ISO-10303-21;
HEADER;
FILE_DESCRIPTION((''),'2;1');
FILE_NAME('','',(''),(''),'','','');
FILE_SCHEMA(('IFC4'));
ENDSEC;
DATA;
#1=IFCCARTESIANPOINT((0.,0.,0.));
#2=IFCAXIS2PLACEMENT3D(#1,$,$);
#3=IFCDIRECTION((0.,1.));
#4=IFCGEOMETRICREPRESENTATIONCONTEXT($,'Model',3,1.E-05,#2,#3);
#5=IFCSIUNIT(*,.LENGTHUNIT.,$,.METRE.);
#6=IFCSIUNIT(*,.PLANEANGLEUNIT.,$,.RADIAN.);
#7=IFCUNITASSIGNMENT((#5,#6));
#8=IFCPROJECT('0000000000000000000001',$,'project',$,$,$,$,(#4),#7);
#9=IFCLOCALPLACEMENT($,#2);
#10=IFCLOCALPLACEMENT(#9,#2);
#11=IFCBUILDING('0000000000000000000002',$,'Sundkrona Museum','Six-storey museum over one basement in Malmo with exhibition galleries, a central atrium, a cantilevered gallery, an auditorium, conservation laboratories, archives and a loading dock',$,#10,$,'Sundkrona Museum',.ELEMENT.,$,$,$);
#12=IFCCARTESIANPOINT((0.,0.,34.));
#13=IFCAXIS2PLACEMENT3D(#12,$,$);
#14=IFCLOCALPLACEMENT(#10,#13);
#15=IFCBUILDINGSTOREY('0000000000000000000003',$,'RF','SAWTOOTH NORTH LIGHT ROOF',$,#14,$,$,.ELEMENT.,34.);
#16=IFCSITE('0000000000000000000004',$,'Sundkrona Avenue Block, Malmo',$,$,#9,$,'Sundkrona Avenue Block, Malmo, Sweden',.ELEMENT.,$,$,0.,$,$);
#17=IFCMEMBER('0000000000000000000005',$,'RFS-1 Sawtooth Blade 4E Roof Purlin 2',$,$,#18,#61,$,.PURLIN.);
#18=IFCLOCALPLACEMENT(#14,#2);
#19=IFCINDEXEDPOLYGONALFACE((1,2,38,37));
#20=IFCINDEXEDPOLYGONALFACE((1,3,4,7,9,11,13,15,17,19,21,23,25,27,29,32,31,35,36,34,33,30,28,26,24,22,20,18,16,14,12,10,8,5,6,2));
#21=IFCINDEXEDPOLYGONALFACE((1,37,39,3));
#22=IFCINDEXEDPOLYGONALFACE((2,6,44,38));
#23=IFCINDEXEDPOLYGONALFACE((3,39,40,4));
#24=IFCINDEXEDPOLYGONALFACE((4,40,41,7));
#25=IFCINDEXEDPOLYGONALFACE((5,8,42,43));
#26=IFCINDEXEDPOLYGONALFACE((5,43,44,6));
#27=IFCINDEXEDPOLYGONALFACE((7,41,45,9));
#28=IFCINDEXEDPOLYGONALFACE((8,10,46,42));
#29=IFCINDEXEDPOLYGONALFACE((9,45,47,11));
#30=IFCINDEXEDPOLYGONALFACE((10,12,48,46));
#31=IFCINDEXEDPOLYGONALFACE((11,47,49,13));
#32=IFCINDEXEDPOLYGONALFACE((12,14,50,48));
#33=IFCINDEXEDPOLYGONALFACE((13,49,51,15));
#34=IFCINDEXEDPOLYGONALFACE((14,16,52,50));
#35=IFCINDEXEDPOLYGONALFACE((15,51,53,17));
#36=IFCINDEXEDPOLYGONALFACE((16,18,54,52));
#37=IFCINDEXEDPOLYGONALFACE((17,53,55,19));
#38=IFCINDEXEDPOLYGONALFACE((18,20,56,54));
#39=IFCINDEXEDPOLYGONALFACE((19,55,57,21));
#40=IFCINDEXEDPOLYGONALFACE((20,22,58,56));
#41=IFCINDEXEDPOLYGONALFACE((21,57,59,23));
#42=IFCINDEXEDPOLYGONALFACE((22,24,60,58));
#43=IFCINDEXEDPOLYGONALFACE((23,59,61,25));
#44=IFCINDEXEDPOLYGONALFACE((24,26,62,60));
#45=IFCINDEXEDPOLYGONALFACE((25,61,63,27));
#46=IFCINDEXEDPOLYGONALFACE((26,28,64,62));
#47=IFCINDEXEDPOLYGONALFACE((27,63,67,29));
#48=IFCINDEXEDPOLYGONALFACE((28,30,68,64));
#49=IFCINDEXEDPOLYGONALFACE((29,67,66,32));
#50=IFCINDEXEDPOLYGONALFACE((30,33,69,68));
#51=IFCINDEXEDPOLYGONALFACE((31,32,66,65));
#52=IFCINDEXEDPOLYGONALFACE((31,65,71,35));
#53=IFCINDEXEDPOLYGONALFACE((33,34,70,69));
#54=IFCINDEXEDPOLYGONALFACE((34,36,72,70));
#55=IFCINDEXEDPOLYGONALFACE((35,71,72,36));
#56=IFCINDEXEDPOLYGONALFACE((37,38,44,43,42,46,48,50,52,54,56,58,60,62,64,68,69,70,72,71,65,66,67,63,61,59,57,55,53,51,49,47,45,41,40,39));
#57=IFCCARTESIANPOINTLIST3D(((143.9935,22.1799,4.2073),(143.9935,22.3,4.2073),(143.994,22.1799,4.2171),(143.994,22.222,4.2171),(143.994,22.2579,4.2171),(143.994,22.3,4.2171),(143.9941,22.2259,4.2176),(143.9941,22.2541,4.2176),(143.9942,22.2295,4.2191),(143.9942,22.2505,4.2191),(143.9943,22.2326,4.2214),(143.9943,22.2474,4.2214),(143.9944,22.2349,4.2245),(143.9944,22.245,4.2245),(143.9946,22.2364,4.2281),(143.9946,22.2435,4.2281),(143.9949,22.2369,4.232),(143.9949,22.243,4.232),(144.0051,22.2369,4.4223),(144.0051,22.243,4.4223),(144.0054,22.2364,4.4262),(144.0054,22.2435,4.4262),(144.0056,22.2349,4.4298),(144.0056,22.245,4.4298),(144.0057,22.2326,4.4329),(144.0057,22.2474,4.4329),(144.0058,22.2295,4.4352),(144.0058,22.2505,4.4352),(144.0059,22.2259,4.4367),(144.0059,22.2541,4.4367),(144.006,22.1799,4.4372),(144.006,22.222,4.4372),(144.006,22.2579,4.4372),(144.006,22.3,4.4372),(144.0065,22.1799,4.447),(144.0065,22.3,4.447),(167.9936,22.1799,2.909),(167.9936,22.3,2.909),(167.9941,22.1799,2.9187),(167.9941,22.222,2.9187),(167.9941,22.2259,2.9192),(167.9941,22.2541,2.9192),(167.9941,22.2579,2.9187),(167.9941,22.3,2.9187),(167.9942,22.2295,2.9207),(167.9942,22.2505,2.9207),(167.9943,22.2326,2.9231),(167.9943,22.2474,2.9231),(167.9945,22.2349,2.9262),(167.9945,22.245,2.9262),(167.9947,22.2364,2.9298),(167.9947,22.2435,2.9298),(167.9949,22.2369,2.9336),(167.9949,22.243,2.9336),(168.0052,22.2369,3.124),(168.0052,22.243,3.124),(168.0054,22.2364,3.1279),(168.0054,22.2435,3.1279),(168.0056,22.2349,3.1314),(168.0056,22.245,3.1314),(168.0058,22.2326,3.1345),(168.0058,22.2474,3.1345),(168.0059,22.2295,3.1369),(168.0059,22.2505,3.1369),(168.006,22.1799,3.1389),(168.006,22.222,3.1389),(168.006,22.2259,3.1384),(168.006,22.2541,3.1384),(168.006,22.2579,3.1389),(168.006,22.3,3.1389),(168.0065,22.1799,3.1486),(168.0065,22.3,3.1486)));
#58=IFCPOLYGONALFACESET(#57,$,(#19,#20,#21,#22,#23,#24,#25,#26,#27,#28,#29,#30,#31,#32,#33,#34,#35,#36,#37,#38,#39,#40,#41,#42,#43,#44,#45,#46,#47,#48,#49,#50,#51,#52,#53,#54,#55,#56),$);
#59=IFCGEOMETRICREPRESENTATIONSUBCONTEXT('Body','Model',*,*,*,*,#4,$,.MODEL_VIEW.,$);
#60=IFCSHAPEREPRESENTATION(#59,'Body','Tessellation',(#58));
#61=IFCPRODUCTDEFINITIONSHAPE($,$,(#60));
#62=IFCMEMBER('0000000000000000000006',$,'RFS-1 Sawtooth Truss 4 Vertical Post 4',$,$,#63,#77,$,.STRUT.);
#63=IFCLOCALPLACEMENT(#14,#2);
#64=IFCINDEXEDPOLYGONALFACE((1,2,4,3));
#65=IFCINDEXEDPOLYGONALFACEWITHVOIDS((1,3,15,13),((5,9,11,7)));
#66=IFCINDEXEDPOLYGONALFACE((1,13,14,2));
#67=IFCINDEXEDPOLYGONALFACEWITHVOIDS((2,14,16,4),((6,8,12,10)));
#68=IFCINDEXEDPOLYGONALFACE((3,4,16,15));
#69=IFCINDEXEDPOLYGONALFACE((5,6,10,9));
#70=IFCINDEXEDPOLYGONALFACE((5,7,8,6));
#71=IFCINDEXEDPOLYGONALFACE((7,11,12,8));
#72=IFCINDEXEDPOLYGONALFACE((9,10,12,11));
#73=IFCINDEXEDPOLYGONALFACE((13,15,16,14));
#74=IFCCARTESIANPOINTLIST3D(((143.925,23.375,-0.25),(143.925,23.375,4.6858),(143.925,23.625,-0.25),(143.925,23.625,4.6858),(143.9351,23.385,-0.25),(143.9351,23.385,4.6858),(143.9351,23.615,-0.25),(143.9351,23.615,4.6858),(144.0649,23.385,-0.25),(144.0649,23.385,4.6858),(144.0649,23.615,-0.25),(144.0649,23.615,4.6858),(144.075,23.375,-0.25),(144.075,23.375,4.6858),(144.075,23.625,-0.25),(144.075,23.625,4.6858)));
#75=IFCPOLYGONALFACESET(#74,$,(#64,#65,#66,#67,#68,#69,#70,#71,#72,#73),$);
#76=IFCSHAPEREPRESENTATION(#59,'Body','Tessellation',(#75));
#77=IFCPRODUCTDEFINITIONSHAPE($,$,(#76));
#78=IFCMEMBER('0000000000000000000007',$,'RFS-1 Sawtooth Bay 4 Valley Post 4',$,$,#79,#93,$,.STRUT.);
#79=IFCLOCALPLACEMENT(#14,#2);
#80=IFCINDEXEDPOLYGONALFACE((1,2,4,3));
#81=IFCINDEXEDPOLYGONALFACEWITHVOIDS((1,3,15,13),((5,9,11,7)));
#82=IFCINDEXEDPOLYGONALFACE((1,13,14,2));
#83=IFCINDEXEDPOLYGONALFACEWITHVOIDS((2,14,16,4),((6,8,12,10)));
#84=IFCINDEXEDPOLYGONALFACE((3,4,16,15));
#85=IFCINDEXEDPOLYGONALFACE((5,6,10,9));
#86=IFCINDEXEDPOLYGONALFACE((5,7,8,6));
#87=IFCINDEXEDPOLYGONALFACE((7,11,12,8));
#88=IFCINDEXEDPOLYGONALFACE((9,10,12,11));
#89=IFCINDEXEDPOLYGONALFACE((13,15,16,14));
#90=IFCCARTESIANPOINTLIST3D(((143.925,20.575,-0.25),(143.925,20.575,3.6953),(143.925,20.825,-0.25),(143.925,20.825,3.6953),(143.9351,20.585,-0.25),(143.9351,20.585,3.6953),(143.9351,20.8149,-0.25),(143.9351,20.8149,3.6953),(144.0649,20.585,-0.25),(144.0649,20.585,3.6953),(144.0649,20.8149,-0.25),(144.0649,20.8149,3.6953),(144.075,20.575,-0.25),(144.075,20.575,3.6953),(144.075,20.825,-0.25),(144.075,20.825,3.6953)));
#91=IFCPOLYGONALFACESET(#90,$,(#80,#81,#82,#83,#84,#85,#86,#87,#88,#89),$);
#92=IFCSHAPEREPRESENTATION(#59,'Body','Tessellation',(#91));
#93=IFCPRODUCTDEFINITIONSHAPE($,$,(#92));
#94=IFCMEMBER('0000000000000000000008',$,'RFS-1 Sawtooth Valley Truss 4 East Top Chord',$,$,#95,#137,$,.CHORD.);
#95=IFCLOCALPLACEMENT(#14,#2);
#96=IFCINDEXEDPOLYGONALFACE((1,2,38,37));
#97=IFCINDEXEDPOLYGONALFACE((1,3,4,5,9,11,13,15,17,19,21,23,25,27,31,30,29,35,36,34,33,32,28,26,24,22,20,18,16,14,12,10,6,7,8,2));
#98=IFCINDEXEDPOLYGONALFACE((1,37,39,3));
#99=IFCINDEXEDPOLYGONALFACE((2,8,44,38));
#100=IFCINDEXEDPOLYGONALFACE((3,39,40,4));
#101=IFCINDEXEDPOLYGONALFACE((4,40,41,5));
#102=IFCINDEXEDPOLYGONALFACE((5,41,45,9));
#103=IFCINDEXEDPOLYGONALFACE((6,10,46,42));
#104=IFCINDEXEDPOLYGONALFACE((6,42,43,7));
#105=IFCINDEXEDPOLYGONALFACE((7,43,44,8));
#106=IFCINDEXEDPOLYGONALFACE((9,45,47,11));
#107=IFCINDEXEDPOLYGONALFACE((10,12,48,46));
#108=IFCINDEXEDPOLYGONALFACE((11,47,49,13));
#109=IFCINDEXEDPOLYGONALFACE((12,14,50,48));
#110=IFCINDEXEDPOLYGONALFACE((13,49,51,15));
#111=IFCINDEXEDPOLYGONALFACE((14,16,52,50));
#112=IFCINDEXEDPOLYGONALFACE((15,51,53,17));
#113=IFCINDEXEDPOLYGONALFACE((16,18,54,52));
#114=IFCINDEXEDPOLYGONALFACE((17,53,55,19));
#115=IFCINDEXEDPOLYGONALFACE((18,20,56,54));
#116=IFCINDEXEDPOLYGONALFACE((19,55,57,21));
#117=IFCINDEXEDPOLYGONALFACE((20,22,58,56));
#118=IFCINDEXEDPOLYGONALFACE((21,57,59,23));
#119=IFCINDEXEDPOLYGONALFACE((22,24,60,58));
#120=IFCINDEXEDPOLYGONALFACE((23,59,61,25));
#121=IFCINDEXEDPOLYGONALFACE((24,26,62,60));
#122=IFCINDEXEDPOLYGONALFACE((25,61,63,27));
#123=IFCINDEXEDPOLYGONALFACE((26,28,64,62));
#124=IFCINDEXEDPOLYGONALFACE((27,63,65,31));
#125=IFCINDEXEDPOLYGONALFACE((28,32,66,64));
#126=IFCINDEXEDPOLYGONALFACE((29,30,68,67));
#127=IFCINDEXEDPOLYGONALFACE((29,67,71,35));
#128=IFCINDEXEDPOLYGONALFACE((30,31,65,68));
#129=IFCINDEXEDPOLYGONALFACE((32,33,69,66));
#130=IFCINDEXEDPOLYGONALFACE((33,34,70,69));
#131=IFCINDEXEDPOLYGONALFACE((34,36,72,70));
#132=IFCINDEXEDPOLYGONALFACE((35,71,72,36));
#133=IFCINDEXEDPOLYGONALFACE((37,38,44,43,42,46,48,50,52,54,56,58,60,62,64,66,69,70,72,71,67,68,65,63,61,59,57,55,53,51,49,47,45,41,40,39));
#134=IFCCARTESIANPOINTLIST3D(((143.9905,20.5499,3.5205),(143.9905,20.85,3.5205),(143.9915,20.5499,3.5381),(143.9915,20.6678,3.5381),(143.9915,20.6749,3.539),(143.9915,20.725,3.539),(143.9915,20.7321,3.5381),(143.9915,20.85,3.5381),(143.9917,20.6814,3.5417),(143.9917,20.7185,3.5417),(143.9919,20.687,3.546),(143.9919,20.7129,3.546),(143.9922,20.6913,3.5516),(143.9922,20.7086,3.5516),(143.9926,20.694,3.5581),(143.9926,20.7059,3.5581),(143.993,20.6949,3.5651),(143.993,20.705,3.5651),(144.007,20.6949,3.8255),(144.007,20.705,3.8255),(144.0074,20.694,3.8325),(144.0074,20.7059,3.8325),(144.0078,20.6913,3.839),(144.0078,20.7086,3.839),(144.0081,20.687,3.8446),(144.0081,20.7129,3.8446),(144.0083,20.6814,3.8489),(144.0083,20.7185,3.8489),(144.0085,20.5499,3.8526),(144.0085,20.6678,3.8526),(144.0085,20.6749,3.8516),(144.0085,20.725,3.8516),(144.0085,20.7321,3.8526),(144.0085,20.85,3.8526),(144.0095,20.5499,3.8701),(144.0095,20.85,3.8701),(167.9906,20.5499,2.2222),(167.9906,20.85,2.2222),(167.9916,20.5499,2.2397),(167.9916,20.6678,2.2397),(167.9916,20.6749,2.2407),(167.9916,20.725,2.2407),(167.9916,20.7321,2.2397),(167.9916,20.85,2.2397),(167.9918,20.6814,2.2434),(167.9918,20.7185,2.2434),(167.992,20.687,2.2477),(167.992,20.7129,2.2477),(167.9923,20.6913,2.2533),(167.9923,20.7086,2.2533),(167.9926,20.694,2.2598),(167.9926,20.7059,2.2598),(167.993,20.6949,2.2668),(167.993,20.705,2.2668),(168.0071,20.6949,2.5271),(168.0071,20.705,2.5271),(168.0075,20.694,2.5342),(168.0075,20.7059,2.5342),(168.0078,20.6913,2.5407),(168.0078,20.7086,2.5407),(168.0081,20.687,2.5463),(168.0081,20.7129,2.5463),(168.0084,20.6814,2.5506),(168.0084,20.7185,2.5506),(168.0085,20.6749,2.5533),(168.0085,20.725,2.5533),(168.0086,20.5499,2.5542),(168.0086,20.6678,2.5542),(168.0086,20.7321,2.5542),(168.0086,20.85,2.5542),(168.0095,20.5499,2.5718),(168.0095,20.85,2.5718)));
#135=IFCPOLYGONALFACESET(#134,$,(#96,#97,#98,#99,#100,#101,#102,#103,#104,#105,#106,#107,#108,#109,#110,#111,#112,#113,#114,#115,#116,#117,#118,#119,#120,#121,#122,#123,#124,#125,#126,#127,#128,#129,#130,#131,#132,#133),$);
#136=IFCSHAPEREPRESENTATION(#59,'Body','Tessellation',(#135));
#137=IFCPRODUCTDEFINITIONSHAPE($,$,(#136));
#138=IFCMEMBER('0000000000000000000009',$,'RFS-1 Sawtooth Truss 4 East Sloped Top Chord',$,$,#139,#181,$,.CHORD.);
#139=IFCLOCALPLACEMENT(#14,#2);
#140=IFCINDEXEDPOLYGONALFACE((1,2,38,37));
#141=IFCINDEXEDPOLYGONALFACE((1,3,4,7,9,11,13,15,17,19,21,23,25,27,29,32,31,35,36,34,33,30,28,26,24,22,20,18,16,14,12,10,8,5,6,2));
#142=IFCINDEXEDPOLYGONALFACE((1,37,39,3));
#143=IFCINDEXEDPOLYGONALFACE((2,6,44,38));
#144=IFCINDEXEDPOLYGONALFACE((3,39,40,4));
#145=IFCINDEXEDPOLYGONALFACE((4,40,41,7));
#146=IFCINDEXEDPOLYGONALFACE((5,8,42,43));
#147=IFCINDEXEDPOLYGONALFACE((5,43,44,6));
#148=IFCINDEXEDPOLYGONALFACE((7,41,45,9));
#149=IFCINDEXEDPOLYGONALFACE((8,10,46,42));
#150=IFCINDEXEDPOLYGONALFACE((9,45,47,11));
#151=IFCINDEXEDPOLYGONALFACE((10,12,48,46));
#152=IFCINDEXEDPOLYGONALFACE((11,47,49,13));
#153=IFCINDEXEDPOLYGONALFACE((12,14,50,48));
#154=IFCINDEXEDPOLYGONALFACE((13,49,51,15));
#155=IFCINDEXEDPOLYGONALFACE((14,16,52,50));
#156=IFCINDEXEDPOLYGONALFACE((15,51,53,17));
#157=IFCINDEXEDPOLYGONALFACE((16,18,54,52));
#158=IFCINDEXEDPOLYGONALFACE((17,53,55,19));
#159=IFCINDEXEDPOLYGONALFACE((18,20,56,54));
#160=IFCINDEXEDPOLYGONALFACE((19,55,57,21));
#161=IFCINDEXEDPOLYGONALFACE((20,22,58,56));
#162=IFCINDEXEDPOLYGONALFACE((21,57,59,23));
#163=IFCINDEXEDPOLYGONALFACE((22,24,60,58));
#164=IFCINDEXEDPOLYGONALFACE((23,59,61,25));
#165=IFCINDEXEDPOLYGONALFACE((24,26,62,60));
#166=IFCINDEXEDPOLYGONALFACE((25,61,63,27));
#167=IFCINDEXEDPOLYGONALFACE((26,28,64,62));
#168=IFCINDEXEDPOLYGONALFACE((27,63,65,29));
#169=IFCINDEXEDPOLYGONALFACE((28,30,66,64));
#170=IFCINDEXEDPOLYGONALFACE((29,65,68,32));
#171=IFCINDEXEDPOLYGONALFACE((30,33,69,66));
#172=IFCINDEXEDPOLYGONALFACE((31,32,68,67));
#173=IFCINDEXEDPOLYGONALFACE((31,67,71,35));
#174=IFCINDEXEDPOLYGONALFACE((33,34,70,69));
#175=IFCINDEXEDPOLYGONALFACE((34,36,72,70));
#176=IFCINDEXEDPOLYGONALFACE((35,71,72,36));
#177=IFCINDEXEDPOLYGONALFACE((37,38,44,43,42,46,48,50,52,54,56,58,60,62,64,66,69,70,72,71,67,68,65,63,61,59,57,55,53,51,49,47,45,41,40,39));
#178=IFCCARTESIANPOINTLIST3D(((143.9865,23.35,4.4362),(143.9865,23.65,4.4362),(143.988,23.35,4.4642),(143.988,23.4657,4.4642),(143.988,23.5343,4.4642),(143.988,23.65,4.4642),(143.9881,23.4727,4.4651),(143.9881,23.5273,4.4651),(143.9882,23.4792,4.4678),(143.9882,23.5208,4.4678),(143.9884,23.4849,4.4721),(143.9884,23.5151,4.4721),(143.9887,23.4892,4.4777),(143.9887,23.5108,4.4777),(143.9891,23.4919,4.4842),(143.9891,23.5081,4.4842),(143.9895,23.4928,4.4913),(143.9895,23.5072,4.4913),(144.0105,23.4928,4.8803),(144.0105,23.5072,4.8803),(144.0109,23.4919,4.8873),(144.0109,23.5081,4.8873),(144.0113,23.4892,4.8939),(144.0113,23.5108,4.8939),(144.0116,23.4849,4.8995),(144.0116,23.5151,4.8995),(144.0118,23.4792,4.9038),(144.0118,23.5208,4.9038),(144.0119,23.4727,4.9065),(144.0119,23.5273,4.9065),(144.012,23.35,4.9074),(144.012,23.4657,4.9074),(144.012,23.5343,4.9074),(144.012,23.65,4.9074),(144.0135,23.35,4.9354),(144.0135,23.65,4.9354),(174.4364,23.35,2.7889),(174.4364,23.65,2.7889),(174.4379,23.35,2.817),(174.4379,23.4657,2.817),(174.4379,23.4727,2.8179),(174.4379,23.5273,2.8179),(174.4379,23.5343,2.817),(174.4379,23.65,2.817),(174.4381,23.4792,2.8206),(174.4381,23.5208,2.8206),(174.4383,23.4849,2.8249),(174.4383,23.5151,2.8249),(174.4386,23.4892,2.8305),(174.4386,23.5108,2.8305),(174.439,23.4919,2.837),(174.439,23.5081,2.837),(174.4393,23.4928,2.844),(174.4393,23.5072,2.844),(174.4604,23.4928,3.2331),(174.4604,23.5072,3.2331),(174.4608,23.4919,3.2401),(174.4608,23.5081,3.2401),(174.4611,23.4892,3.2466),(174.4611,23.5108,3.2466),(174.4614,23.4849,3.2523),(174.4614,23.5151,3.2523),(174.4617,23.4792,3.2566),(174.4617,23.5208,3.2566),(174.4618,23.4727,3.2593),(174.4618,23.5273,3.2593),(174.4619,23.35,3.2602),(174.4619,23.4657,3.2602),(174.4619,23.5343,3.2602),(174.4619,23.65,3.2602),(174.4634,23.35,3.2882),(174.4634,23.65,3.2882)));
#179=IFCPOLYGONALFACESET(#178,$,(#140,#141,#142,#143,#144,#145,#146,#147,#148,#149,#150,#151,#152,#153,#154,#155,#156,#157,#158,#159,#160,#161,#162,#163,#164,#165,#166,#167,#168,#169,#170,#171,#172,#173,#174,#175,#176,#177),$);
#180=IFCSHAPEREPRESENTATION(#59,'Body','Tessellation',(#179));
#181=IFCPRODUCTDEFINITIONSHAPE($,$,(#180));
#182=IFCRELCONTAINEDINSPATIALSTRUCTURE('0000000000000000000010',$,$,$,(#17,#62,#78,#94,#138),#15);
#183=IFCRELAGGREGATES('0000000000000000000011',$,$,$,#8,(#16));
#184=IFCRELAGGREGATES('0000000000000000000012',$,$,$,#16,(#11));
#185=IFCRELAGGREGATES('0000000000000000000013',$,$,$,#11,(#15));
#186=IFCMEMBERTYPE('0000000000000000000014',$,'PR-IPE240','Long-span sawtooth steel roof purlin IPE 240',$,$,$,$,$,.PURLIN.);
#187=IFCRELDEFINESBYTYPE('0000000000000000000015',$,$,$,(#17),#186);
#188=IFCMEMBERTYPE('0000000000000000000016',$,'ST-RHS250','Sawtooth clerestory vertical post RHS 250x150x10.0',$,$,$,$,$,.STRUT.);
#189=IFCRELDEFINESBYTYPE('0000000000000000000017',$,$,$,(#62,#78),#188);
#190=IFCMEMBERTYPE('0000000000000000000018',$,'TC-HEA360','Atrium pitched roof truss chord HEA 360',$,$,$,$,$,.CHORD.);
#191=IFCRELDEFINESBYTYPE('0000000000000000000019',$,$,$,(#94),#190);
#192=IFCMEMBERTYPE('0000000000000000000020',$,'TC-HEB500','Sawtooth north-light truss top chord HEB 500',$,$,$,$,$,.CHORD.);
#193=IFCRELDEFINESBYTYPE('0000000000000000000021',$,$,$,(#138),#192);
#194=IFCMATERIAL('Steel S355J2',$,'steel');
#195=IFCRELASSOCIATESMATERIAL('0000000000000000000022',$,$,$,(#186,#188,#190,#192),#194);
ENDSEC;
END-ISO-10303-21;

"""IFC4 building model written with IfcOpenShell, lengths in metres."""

from ifc_helpers import new_model, si_unit, direction, frame, origin, origin_2d, place, context, subcontext, project, spatial, hollow_rectangle, i_section, extrude, material, material_profile, profile_set, type_object, element, save


model = new_model("IFC4")

# Units and contexts
model_context = context("Model", 3, precision=1e-05, world=origin(), true_north=direction((0.0, 1.0)))
body_context = subcontext(model_context, "Body", "Model", "MODEL_VIEW")
ifc_project = project(units=[si_unit("LENGTHUNIT", "METRE"), si_unit("PLANEANGLEUNIT", "RADIAN")], contexts=[model_context])

# Site, building, storey
site_placement = place(None, origin())
site = spatial("IfcSite", under=ifc_project, at=site_placement, Name="Sundkrona Avenue Block, Malmo", LongName="Sundkrona Avenue Block, Malmo, Sweden", CompositionType="ELEMENT", RefElevation=0.0)
building_placement = place(site_placement, origin())
building = spatial("IfcBuilding", under=site, at=building_placement, Name="Sundkrona Museum", Description="Six-storey museum over one basement in Malmo with exhibition galleries, a central atrium, a cantilevered gallery, an auditorium, conservation laboratories, archives and a loading dock", LongName="Sundkrona Museum", CompositionType="ELEMENT")
storey_placement = place(building_placement, frame((0.0, 0.0, 34.0)))
storey = spatial("IfcBuildingStorey", under=building, at=storey_placement, Name="RF", Description="SAWTOOTH NORTH LIGHT ROOF", CompositionType="ELEMENT", Elevation=34.0)

# Members
ifc_material_1 = material(Name="Steel S355J2", Category="steel")
ifc_material_profile_1 = material_profile(ifc_material_1, i_section(OverallWidth=0.1201, OverallDepth=0.24, WebThickness=0.0061, FlangeThickness=0.0098, FilletRadius=0.0149, at=origin_2d()), Name="IPE 240")
ifc_profile_set_1 = profile_set([ifc_material_profile_1], Name="Steel S355J2")
member_type_1 = type_object("IfcMemberType", Name="PR-IPE240", Description="Long-span sawtooth steel roof purlin IPE 240", PredefinedType="PURLIN", material=ifc_profile_set_1)
member_1_placement = place(storey_placement, frame((144.0, 22.24, 4.3271), z_axis=(0.99854, 0.0, -0.054019), x_axis=(0.0, 1.0, 0.0)))
element("IfcMember", 1, at=member_1_placement, inside=storey, type_object=member_type_1, Name="RFS-1 Sawtooth Blade 4E Roof Purlin 2", PredefinedType="PURLIN", context=body_context, shape_type="SweptSolid", body=[
    extrude(i_section(OverallWidth=0.1201, OverallDepth=0.24, WebThickness=0.0061, FlangeThickness=0.0098, FilletRadius=0.0149, at=origin_2d()), origin(), (0.0, 0.0, 1.0), 24.0352),
])
ifc_material_profile_2 = material_profile(ifc_material_1, hollow_rectangle(XDim=0.1499, YDim=0.25, WallThickness=0.01, at=origin_2d()), Name="RHS 250x150x10.0")
ifc_profile_set_2 = profile_set([ifc_material_profile_2], Name="Steel S355J2")
member_type_2 = type_object("IfcMemberType", Name="ST-RHS250", Description="Sawtooth clerestory vertical post RHS 250x150x10.0", PredefinedType="STRUT", material=ifc_profile_set_2)
member_2_placement = place(storey_placement, frame((144.0, 23.5, -0.25), z_axis=(0.0, 0.0, 1.0), x_axis=(1.0, 0.0, 0.0)))
element("IfcMember", 2, at=member_2_placement, inside=storey, type_object=member_type_2, Name="RFS-1 Sawtooth Truss 4 Vertical Post 4", PredefinedType="STRUT", context=body_context, shape_type="SweptSolid", body=[
    extrude(hollow_rectangle(XDim=0.1499, YDim=0.25, WallThickness=0.01, at=origin_2d()), origin(), (0.0, 0.0, 1.0), 4.9358),
])
member_3_placement = place(storey_placement, frame((144.0, 20.7, -0.25), z_axis=(0.0, 0.0, 1.0), x_axis=(1.0, 0.0, 0.0)))
element("IfcMember", 3, at=member_3_placement, inside=storey, type_object=member_type_2, Name="RFS-1 Sawtooth Bay 4 Valley Post 4", PredefinedType="STRUT", context=body_context, shape_type="SweptSolid", body=[
    extrude(hollow_rectangle(XDim=0.1499, YDim=0.25, WallThickness=0.01, at=origin_2d()), origin(), (0.0, 0.0, 1.0), 3.9453),
])
ifc_material_profile_3 = material_profile(ifc_material_1, i_section(OverallWidth=0.3, OverallDepth=0.3501, WebThickness=0.01, FlangeThickness=0.0176, FilletRadius=0.0271, at=origin_2d()), Name="HEA 360")
ifc_profile_set_3 = profile_set([ifc_material_profile_3], Name="Steel S355J2")
member_type_3 = type_object("IfcMemberType", Name="TC-HEA360", Description="Atrium pitched roof truss chord HEA 360", PredefinedType="CHORD", material=ifc_profile_set_3)
member_4_placement = place(storey_placement, frame((144.0, 20.7, 3.6953), z_axis=(0.99854, 0.0, -0.054019), x_axis=(0.0, 1.0, 0.0)))
element("IfcMember", 4, at=member_4_placement, inside=storey, type_object=member_type_3, Name="RFS-1 Sawtooth Valley Truss 4 East Top Chord", PredefinedType="CHORD", context=body_context, shape_type="SweptSolid", body=[
    extrude(i_section(OverallWidth=0.3, OverallDepth=0.3501, WebThickness=0.01, FlangeThickness=0.0176, FilletRadius=0.0271, at=origin_2d()), origin(), (0.0, 0.0, 1.0), 24.0352),
])
ifc_material_profile_4 = material_profile(ifc_material_1, i_section(OverallWidth=0.3, OverallDepth=0.5, WebThickness=0.0144, FlangeThickness=0.0281, FilletRadius=0.0271, at=origin_2d()), Name="HEB 500")
ifc_profile_set_4 = profile_set([ifc_material_profile_4], Name="Steel S355J2")
member_type_4 = type_object("IfcMemberType", Name="TC-HEB500", Description="Sawtooth north-light truss top chord HEB 500", PredefinedType="CHORD", material=ifc_profile_set_4)
member_5_placement = place(storey_placement, frame((144.0, 23.5, 4.6858), z_axis=(0.99854, 0.0, -0.054017), x_axis=(0.0, 1.0, 0.0)))
element("IfcMember", 5, at=member_5_placement, inside=storey, type_object=member_type_4, Name="RFS-1 Sawtooth Truss 4 East Sloped Top Chord", PredefinedType="CHORD", context=body_context, shape_type="SweptSolid", body=[
    extrude(i_section(OverallWidth=0.3, OverallDepth=0.5, WebThickness=0.0144, FlangeThickness=0.0281, FilletRadius=0.0271, at=origin_2d()), origin(), (0.0, 0.0, 1.0), 30.4944),
])

save(model, "model.ifc")
